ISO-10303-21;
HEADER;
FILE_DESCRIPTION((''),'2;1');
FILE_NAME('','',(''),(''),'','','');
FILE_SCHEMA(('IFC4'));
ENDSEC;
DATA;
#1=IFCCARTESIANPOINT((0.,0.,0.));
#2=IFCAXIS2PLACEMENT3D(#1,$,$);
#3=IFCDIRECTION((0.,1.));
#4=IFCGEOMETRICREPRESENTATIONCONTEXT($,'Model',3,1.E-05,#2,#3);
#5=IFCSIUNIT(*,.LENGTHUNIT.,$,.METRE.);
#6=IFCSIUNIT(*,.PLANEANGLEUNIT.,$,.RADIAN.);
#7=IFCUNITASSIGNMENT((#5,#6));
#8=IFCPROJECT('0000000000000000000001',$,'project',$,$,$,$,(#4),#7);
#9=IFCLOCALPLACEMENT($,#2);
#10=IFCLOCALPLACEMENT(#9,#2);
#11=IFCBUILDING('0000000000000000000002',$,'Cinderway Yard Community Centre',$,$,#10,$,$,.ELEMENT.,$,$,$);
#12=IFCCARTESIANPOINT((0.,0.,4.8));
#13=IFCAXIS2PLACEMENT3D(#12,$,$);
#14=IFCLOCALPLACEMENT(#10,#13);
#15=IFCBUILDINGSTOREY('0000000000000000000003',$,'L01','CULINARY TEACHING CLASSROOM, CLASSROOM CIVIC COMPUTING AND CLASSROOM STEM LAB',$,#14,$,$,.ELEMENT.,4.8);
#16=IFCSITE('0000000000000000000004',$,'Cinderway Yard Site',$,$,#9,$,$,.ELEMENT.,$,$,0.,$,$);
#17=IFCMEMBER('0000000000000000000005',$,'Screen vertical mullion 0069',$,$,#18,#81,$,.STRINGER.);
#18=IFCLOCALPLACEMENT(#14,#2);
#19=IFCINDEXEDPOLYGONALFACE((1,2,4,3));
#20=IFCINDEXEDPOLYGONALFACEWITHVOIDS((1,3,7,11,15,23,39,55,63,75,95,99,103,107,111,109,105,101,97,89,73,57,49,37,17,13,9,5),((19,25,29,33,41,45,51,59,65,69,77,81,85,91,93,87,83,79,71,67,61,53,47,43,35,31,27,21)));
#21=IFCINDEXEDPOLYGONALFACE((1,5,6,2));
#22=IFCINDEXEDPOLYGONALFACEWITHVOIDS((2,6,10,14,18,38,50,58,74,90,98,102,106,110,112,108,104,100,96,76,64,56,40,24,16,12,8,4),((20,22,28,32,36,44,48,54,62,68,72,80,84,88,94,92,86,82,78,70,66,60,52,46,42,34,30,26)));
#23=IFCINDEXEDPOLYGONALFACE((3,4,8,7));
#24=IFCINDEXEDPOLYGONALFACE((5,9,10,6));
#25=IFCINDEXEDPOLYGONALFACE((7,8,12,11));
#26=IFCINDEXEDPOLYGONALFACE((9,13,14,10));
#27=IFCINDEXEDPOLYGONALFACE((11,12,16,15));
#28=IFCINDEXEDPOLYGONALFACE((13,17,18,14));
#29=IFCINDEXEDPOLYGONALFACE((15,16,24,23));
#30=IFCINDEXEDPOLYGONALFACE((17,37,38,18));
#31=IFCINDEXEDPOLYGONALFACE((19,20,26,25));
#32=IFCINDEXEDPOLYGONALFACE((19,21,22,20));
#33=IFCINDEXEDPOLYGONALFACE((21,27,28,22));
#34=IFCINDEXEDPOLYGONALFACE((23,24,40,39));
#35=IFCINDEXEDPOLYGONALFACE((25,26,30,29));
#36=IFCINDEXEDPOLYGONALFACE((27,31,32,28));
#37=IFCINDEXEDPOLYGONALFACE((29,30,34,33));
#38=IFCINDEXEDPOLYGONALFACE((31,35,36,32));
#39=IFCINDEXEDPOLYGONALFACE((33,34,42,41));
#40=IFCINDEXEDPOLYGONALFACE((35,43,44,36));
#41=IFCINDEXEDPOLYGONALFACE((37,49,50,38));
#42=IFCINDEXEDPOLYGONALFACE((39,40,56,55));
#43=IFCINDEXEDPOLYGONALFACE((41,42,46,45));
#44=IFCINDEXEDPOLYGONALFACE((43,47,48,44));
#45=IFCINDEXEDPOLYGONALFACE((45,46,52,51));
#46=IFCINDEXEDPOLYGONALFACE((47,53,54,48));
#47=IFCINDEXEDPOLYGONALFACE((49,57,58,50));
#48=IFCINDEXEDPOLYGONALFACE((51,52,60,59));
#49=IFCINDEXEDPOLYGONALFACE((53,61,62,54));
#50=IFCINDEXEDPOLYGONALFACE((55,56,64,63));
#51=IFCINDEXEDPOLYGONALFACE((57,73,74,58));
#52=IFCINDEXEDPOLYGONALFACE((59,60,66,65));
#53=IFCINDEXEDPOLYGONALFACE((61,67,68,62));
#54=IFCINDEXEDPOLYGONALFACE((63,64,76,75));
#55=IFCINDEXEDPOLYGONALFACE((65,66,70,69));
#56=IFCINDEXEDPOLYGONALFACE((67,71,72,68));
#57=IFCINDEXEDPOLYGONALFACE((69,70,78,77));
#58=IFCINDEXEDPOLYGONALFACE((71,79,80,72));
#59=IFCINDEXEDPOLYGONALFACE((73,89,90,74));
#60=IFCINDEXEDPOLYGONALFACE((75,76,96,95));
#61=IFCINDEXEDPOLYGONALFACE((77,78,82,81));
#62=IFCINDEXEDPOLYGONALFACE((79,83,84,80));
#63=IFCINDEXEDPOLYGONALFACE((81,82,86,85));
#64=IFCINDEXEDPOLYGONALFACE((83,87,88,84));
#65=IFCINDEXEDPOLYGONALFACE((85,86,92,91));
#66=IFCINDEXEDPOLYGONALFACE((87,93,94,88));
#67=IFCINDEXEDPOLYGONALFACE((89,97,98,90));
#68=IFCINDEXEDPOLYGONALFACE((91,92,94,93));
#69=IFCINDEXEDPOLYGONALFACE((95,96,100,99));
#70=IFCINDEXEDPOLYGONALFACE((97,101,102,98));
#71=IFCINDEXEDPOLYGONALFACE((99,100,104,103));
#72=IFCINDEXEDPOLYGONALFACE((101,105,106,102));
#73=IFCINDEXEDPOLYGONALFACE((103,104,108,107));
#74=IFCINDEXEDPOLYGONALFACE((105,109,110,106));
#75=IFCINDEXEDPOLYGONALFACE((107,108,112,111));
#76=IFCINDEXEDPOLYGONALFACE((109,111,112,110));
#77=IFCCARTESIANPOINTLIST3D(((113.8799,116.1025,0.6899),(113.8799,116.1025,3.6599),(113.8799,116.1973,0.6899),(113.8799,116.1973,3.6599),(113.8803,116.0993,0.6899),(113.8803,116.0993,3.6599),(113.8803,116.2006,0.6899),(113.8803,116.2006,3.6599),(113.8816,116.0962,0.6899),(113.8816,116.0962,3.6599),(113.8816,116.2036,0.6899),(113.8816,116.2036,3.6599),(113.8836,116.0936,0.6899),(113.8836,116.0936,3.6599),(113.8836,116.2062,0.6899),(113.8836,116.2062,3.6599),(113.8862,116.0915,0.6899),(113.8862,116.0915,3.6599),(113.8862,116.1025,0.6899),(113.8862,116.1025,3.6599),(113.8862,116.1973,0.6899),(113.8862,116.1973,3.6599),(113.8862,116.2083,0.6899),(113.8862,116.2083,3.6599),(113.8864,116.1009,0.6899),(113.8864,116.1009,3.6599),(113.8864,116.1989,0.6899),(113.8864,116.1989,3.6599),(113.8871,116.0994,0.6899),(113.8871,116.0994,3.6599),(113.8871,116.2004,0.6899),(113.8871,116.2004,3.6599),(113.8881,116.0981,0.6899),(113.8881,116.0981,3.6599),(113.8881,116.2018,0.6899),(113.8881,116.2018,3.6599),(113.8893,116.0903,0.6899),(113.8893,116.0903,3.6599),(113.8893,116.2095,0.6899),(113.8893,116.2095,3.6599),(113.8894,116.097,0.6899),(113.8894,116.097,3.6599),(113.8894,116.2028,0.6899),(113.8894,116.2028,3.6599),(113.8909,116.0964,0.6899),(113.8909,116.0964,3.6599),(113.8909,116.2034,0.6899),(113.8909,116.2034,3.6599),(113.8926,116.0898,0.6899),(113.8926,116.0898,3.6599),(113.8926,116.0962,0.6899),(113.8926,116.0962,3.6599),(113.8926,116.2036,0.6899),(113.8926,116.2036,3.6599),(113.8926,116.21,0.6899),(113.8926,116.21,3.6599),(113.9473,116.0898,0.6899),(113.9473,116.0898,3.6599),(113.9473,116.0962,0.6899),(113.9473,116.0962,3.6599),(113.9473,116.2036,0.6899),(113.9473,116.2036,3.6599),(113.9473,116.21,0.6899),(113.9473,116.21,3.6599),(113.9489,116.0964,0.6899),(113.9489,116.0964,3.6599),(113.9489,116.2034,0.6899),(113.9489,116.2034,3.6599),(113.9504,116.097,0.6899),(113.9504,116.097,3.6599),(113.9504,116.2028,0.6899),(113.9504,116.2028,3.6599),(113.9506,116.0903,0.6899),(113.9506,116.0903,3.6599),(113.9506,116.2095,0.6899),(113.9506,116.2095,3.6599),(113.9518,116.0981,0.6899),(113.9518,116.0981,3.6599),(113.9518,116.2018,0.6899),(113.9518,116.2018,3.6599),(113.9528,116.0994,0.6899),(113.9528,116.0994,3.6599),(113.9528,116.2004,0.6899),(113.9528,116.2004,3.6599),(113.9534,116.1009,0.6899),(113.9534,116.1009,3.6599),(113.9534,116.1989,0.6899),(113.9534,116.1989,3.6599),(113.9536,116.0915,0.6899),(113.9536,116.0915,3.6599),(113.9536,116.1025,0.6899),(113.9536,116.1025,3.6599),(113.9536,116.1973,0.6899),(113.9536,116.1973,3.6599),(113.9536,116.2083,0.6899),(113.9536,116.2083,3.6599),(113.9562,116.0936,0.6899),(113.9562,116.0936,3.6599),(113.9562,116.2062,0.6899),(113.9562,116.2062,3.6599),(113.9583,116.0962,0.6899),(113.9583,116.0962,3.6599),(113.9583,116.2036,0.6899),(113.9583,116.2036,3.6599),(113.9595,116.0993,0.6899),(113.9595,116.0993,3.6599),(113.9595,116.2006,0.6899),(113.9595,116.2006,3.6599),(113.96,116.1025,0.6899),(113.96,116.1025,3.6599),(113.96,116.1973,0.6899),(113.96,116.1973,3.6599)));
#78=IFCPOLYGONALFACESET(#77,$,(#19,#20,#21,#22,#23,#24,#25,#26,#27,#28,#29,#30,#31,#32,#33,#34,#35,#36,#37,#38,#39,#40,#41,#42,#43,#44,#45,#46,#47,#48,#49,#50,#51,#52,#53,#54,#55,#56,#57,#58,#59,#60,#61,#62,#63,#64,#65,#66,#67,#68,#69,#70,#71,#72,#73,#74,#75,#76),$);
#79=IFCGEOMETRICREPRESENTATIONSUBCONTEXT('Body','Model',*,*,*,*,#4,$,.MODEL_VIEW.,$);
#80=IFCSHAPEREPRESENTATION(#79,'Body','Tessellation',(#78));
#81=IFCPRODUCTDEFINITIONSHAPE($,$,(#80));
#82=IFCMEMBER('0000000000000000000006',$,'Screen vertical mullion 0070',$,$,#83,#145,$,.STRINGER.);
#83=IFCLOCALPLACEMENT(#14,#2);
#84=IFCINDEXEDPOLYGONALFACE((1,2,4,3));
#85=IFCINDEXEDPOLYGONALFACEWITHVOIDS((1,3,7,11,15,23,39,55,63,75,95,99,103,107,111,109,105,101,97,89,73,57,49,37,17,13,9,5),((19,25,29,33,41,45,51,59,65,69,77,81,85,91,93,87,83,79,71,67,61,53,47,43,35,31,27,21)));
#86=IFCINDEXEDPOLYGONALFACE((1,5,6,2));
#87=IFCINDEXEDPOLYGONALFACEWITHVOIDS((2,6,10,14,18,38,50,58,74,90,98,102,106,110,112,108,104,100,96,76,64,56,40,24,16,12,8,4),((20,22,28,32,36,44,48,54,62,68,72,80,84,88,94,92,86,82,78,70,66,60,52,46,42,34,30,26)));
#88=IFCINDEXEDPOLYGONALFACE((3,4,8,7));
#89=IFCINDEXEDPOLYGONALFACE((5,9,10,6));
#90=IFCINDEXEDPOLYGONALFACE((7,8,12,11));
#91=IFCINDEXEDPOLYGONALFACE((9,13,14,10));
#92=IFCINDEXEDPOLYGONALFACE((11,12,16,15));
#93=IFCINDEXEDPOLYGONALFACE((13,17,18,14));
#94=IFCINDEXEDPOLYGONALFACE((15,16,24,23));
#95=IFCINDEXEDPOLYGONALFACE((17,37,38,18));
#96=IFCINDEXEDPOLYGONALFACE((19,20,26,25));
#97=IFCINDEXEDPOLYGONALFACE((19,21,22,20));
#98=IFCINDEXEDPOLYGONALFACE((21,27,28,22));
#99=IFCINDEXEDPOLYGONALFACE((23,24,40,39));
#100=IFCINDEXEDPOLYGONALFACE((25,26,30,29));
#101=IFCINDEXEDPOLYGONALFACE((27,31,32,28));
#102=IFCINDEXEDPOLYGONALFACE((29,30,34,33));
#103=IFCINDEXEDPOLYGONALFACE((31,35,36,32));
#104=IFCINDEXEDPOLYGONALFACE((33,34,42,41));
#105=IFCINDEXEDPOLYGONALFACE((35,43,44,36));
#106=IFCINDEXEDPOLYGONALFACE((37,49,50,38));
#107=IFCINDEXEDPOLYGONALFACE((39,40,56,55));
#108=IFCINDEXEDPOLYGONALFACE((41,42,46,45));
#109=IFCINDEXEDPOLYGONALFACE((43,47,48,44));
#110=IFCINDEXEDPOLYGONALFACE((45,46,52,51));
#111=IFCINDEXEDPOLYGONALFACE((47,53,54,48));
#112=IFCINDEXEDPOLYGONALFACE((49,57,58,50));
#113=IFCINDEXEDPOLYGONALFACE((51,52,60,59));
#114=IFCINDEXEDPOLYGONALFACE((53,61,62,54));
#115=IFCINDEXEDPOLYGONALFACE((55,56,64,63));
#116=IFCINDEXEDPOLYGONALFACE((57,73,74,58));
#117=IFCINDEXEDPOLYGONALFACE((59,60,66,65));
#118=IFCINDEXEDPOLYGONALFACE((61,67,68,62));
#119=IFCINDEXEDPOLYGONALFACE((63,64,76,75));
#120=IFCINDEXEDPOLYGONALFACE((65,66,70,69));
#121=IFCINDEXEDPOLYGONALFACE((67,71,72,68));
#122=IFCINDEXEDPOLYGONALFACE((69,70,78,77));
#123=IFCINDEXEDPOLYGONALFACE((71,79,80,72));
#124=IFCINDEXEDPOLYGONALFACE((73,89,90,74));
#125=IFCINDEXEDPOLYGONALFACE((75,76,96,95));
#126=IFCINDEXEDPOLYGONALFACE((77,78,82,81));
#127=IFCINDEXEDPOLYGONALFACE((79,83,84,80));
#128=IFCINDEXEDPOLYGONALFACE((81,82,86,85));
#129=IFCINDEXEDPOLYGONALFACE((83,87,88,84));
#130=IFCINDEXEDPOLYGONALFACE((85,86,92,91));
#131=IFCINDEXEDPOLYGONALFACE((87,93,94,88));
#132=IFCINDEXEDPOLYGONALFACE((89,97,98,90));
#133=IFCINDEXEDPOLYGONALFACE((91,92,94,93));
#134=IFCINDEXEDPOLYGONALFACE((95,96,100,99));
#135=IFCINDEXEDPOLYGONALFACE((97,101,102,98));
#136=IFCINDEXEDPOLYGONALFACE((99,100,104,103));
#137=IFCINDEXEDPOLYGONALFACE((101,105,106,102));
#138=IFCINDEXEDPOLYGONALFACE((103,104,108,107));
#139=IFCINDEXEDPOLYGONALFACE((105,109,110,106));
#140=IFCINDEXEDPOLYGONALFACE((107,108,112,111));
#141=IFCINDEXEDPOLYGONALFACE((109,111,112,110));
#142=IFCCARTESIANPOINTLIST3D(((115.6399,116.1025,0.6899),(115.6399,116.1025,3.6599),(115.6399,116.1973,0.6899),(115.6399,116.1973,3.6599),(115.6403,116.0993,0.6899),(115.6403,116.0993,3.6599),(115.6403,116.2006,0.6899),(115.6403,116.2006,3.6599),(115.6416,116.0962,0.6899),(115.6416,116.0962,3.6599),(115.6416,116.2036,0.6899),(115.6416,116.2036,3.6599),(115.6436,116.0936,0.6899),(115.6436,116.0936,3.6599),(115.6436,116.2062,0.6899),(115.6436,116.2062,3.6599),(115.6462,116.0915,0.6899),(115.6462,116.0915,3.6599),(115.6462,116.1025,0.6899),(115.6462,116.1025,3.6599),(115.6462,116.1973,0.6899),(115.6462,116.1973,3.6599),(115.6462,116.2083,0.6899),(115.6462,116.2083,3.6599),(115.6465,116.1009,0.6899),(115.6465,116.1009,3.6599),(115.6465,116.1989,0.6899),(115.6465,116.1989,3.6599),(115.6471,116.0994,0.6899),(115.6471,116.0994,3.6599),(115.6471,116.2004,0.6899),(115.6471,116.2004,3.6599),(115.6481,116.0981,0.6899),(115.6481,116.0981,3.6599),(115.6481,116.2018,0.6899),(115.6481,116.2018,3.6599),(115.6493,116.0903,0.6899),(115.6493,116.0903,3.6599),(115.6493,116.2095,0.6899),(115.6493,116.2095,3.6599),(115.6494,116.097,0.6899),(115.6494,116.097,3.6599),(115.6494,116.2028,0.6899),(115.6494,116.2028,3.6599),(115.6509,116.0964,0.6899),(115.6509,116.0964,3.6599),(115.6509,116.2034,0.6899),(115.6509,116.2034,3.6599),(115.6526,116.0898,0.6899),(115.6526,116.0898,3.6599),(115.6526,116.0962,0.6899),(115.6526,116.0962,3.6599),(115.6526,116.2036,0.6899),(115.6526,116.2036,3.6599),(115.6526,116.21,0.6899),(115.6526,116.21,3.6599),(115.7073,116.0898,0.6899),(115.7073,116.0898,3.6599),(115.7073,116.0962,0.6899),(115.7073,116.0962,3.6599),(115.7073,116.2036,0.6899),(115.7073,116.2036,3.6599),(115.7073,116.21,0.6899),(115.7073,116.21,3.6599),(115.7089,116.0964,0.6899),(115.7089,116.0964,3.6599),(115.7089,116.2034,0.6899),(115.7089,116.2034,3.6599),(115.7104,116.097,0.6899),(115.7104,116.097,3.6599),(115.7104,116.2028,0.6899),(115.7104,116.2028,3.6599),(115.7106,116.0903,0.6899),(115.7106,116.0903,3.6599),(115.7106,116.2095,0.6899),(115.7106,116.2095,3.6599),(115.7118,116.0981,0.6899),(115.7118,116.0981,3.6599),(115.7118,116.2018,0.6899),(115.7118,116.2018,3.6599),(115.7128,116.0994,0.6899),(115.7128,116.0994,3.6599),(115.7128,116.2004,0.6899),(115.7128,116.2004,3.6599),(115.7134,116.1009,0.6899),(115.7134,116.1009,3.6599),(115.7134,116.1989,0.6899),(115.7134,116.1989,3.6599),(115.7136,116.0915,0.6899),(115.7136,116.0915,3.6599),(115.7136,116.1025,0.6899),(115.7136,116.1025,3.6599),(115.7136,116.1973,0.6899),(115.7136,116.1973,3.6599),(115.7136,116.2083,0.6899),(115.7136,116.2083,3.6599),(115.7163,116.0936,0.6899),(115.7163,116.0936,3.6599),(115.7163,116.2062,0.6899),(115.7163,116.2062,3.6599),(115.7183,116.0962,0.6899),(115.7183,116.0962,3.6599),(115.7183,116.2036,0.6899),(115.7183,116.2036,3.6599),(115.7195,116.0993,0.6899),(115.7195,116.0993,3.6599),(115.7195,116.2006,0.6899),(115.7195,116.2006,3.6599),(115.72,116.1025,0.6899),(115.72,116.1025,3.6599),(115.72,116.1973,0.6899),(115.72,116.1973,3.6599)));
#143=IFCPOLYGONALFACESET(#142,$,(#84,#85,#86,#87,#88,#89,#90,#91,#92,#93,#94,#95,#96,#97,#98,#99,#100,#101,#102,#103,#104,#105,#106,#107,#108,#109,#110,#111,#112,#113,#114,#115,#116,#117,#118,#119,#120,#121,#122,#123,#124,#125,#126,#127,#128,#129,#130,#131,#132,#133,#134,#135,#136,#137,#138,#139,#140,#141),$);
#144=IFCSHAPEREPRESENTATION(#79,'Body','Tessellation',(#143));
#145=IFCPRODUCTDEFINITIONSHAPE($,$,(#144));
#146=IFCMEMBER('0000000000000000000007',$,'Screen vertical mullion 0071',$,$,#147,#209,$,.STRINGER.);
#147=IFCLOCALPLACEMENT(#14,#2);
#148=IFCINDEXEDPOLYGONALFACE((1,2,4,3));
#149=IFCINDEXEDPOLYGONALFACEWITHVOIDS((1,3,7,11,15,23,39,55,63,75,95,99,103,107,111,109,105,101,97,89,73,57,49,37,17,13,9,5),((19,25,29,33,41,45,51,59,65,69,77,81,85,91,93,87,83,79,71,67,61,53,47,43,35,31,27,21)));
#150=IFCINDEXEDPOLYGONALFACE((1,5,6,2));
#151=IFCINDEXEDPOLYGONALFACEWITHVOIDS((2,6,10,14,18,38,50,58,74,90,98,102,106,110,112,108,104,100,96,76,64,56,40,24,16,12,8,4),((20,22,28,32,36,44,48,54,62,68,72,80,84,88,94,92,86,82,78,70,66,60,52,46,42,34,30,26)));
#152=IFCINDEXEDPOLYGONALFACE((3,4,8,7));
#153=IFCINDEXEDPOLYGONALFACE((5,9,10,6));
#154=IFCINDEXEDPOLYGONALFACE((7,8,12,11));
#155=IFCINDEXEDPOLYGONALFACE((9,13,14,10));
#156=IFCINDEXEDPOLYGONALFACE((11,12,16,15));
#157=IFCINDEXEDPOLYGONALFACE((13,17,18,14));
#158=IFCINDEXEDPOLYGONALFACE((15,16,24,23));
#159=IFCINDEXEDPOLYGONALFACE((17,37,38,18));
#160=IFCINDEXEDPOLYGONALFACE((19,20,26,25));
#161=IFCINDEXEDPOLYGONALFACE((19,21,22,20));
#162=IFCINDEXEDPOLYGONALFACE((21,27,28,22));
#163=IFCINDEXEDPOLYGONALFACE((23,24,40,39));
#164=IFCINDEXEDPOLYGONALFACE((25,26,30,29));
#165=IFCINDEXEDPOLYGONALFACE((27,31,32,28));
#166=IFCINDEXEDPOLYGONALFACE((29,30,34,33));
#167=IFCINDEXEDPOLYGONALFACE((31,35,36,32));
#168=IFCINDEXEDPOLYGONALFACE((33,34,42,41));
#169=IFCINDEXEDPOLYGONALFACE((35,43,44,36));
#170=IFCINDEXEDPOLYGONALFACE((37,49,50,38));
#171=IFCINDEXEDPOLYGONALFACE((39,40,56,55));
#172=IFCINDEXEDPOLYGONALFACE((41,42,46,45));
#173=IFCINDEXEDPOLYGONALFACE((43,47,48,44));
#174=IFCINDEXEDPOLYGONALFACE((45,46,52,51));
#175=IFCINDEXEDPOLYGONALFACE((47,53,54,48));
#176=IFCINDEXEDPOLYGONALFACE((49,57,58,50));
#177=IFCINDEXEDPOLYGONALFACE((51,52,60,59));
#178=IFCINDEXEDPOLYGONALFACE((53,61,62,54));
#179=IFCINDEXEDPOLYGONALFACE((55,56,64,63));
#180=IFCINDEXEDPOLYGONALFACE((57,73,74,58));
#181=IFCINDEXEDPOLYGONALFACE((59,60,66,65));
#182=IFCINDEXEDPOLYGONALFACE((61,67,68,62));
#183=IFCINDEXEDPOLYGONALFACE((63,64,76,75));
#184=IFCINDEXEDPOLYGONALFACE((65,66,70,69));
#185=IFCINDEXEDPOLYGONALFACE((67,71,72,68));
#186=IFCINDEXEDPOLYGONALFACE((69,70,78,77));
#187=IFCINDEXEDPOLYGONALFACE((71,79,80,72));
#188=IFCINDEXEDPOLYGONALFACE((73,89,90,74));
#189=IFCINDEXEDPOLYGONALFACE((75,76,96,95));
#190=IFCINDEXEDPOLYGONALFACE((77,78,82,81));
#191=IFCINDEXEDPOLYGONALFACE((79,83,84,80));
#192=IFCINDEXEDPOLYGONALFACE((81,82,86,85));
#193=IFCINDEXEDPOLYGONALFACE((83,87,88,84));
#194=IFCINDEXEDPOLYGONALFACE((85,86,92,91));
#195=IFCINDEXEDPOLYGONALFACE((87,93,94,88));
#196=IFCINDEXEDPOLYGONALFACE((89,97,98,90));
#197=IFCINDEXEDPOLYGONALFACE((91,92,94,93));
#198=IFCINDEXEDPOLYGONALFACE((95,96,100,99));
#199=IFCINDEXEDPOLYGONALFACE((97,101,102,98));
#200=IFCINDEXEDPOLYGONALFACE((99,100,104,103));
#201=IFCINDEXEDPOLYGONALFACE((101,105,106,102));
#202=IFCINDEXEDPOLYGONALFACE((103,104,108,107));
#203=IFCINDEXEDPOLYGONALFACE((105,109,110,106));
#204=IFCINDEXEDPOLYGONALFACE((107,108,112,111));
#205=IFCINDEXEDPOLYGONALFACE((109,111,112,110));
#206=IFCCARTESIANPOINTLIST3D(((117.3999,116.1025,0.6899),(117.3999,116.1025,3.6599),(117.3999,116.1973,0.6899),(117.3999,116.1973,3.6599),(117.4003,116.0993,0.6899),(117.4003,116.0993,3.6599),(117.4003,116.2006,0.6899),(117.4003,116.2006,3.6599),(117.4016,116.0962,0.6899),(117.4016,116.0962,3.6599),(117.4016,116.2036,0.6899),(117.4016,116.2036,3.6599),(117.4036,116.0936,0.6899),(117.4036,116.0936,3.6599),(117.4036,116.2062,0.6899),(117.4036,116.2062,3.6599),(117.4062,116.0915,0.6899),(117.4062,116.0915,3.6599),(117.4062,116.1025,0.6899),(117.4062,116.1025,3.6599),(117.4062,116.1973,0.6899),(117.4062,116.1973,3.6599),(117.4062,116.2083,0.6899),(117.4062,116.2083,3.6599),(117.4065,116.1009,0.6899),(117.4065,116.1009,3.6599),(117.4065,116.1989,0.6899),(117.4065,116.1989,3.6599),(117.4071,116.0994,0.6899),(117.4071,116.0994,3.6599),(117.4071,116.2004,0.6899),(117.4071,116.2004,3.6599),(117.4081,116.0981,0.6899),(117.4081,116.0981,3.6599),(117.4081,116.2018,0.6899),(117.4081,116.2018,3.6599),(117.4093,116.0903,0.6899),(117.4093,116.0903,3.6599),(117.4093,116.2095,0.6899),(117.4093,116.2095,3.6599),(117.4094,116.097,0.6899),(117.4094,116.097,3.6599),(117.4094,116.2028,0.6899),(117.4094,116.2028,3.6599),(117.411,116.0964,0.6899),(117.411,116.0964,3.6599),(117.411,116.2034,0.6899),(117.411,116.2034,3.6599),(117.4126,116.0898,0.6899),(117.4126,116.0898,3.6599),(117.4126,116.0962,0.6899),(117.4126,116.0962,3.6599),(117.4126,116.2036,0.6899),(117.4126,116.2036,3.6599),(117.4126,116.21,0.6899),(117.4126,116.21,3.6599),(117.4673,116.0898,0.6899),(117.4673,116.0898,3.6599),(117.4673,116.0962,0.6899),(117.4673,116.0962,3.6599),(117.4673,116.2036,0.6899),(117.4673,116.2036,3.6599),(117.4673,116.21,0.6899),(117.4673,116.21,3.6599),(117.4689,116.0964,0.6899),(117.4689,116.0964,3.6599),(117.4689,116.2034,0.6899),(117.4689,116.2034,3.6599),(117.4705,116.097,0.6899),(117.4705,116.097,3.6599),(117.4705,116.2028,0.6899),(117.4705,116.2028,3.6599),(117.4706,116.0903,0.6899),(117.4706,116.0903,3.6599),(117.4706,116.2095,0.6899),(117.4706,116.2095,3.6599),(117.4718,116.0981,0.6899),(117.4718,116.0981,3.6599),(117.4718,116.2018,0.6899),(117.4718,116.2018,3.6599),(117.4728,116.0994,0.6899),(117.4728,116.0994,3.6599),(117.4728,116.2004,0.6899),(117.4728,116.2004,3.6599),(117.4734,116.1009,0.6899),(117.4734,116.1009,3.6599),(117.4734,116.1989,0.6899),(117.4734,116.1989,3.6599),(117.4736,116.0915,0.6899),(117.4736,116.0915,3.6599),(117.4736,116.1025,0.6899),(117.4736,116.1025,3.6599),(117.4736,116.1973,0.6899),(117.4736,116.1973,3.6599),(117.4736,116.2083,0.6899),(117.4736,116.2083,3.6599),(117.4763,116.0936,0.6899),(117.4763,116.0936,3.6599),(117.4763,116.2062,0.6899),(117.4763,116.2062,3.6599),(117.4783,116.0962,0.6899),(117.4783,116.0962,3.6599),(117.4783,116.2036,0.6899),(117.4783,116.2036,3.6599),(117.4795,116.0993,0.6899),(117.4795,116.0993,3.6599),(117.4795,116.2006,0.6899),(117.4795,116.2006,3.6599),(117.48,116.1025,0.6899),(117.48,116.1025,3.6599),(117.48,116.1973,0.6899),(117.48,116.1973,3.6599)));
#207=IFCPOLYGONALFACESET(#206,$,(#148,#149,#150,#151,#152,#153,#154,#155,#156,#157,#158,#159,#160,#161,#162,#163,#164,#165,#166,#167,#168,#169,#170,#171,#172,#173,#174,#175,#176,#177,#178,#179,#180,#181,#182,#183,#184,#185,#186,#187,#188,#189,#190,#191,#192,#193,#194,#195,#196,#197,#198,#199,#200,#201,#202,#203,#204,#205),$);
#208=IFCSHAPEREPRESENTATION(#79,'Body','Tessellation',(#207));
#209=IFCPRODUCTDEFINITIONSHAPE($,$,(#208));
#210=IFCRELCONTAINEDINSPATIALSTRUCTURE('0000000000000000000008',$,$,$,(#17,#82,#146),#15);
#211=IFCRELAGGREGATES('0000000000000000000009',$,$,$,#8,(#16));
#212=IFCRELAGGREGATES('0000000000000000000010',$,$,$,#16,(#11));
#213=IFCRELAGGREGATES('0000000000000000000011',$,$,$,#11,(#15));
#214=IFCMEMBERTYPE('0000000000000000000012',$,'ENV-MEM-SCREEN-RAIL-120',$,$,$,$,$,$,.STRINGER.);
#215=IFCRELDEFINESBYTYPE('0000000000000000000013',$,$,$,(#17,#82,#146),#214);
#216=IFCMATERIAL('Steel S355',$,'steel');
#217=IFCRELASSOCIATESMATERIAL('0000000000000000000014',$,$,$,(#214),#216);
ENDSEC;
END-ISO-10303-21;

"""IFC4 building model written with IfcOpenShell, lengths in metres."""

from ifc_helpers import new_model, si_unit, direction, frame, origin, origin_2d, place, context, subcontext, project, spatial, hollow_rectangle, extrude, material, material_profile, profile_set, type_object, element, save


model = new_model("IFC4")

# Units and contexts
model_context = context("Model", 3, precision=1e-05, world=origin(), true_north=direction((0.0, 1.0)))
body_context = subcontext(model_context, "Body", "Model", "MODEL_VIEW")
ifc_project = project(units=[si_unit("LENGTHUNIT", "METRE"), si_unit("PLANEANGLEUNIT", "RADIAN")], contexts=[model_context])

# Site, building, storey
site_placement = place(None, origin())
site = spatial("IfcSite", under=ifc_project, at=site_placement, Name="Cinderway Yard Site", CompositionType="ELEMENT", RefElevation=0.0)
building_placement = place(site_placement, origin())
building = spatial("IfcBuilding", under=site, at=building_placement, Name="Cinderway Yard Community Centre", CompositionType="ELEMENT")
storey_placement = place(building_placement, frame((0.0, 0.0, 4.8)))
storey = spatial("IfcBuildingStorey", under=building, at=storey_placement, Name="L01", Description="CULINARY TEACHING CLASSROOM, CLASSROOM CIVIC COMPUTING AND CLASSROOM STEM LAB", CompositionType="ELEMENT", Elevation=4.8)

# Members
ifc_material_1 = material(Name="Steel S355", Category="steel")
ifc_material_profile_1 = material_profile(ifc_material_1, hollow_rectangle(XDim=0.0801, YDim=0.1201, WallThickness=0.0063, InnerFilletRadius=0.0063, OuterFilletRadius=0.0127, at=origin_2d()), Name="Steel S355")
ifc_profile_set_1 = profile_set([ifc_material_profile_1], Name="Steel S355")
member_type_1 = type_object("IfcMemberType", Name="ENV-MEM-SCREEN-RAIL-120", PredefinedType="STRINGER", material=ifc_profile_set_1)
for number, where, z_axis, x_axis, name in (
    (1, (113.9199, 116.1499, 0.6899), (0.0, 0.0, 1.0), (1.0, 0.0, 0.0), "Screen vertical mullion 0069"),
    (2, (115.6799, 116.1499, 0.6899), (0.0, 0.0, 1.0), (1.0, 0.0, 0.0), "Screen vertical mullion 0070"),
    (3, (117.4399, 116.1499, 0.6899), (0.0, 0.0, 1.0), (1.0, 0.0, 0.0), "Screen vertical mullion 0071"),
):
    element("IfcMember", number, at=place(storey_placement, frame(where, z_axis=z_axis, x_axis=x_axis)), inside=storey, type_object=member_type_1, Name=name, PredefinedType="STRINGER", context=body_context, shape_type="SweptSolid", body=[
        extrude(hollow_rectangle(XDim=0.0801, YDim=0.1201, WallThickness=0.0063, InnerFilletRadius=0.0063, OuterFilletRadius=0.0127, at=origin_2d()), origin(), (0.0, 0.0, 1.0), 2.97),
    ])

save(model, "model.ifc")
